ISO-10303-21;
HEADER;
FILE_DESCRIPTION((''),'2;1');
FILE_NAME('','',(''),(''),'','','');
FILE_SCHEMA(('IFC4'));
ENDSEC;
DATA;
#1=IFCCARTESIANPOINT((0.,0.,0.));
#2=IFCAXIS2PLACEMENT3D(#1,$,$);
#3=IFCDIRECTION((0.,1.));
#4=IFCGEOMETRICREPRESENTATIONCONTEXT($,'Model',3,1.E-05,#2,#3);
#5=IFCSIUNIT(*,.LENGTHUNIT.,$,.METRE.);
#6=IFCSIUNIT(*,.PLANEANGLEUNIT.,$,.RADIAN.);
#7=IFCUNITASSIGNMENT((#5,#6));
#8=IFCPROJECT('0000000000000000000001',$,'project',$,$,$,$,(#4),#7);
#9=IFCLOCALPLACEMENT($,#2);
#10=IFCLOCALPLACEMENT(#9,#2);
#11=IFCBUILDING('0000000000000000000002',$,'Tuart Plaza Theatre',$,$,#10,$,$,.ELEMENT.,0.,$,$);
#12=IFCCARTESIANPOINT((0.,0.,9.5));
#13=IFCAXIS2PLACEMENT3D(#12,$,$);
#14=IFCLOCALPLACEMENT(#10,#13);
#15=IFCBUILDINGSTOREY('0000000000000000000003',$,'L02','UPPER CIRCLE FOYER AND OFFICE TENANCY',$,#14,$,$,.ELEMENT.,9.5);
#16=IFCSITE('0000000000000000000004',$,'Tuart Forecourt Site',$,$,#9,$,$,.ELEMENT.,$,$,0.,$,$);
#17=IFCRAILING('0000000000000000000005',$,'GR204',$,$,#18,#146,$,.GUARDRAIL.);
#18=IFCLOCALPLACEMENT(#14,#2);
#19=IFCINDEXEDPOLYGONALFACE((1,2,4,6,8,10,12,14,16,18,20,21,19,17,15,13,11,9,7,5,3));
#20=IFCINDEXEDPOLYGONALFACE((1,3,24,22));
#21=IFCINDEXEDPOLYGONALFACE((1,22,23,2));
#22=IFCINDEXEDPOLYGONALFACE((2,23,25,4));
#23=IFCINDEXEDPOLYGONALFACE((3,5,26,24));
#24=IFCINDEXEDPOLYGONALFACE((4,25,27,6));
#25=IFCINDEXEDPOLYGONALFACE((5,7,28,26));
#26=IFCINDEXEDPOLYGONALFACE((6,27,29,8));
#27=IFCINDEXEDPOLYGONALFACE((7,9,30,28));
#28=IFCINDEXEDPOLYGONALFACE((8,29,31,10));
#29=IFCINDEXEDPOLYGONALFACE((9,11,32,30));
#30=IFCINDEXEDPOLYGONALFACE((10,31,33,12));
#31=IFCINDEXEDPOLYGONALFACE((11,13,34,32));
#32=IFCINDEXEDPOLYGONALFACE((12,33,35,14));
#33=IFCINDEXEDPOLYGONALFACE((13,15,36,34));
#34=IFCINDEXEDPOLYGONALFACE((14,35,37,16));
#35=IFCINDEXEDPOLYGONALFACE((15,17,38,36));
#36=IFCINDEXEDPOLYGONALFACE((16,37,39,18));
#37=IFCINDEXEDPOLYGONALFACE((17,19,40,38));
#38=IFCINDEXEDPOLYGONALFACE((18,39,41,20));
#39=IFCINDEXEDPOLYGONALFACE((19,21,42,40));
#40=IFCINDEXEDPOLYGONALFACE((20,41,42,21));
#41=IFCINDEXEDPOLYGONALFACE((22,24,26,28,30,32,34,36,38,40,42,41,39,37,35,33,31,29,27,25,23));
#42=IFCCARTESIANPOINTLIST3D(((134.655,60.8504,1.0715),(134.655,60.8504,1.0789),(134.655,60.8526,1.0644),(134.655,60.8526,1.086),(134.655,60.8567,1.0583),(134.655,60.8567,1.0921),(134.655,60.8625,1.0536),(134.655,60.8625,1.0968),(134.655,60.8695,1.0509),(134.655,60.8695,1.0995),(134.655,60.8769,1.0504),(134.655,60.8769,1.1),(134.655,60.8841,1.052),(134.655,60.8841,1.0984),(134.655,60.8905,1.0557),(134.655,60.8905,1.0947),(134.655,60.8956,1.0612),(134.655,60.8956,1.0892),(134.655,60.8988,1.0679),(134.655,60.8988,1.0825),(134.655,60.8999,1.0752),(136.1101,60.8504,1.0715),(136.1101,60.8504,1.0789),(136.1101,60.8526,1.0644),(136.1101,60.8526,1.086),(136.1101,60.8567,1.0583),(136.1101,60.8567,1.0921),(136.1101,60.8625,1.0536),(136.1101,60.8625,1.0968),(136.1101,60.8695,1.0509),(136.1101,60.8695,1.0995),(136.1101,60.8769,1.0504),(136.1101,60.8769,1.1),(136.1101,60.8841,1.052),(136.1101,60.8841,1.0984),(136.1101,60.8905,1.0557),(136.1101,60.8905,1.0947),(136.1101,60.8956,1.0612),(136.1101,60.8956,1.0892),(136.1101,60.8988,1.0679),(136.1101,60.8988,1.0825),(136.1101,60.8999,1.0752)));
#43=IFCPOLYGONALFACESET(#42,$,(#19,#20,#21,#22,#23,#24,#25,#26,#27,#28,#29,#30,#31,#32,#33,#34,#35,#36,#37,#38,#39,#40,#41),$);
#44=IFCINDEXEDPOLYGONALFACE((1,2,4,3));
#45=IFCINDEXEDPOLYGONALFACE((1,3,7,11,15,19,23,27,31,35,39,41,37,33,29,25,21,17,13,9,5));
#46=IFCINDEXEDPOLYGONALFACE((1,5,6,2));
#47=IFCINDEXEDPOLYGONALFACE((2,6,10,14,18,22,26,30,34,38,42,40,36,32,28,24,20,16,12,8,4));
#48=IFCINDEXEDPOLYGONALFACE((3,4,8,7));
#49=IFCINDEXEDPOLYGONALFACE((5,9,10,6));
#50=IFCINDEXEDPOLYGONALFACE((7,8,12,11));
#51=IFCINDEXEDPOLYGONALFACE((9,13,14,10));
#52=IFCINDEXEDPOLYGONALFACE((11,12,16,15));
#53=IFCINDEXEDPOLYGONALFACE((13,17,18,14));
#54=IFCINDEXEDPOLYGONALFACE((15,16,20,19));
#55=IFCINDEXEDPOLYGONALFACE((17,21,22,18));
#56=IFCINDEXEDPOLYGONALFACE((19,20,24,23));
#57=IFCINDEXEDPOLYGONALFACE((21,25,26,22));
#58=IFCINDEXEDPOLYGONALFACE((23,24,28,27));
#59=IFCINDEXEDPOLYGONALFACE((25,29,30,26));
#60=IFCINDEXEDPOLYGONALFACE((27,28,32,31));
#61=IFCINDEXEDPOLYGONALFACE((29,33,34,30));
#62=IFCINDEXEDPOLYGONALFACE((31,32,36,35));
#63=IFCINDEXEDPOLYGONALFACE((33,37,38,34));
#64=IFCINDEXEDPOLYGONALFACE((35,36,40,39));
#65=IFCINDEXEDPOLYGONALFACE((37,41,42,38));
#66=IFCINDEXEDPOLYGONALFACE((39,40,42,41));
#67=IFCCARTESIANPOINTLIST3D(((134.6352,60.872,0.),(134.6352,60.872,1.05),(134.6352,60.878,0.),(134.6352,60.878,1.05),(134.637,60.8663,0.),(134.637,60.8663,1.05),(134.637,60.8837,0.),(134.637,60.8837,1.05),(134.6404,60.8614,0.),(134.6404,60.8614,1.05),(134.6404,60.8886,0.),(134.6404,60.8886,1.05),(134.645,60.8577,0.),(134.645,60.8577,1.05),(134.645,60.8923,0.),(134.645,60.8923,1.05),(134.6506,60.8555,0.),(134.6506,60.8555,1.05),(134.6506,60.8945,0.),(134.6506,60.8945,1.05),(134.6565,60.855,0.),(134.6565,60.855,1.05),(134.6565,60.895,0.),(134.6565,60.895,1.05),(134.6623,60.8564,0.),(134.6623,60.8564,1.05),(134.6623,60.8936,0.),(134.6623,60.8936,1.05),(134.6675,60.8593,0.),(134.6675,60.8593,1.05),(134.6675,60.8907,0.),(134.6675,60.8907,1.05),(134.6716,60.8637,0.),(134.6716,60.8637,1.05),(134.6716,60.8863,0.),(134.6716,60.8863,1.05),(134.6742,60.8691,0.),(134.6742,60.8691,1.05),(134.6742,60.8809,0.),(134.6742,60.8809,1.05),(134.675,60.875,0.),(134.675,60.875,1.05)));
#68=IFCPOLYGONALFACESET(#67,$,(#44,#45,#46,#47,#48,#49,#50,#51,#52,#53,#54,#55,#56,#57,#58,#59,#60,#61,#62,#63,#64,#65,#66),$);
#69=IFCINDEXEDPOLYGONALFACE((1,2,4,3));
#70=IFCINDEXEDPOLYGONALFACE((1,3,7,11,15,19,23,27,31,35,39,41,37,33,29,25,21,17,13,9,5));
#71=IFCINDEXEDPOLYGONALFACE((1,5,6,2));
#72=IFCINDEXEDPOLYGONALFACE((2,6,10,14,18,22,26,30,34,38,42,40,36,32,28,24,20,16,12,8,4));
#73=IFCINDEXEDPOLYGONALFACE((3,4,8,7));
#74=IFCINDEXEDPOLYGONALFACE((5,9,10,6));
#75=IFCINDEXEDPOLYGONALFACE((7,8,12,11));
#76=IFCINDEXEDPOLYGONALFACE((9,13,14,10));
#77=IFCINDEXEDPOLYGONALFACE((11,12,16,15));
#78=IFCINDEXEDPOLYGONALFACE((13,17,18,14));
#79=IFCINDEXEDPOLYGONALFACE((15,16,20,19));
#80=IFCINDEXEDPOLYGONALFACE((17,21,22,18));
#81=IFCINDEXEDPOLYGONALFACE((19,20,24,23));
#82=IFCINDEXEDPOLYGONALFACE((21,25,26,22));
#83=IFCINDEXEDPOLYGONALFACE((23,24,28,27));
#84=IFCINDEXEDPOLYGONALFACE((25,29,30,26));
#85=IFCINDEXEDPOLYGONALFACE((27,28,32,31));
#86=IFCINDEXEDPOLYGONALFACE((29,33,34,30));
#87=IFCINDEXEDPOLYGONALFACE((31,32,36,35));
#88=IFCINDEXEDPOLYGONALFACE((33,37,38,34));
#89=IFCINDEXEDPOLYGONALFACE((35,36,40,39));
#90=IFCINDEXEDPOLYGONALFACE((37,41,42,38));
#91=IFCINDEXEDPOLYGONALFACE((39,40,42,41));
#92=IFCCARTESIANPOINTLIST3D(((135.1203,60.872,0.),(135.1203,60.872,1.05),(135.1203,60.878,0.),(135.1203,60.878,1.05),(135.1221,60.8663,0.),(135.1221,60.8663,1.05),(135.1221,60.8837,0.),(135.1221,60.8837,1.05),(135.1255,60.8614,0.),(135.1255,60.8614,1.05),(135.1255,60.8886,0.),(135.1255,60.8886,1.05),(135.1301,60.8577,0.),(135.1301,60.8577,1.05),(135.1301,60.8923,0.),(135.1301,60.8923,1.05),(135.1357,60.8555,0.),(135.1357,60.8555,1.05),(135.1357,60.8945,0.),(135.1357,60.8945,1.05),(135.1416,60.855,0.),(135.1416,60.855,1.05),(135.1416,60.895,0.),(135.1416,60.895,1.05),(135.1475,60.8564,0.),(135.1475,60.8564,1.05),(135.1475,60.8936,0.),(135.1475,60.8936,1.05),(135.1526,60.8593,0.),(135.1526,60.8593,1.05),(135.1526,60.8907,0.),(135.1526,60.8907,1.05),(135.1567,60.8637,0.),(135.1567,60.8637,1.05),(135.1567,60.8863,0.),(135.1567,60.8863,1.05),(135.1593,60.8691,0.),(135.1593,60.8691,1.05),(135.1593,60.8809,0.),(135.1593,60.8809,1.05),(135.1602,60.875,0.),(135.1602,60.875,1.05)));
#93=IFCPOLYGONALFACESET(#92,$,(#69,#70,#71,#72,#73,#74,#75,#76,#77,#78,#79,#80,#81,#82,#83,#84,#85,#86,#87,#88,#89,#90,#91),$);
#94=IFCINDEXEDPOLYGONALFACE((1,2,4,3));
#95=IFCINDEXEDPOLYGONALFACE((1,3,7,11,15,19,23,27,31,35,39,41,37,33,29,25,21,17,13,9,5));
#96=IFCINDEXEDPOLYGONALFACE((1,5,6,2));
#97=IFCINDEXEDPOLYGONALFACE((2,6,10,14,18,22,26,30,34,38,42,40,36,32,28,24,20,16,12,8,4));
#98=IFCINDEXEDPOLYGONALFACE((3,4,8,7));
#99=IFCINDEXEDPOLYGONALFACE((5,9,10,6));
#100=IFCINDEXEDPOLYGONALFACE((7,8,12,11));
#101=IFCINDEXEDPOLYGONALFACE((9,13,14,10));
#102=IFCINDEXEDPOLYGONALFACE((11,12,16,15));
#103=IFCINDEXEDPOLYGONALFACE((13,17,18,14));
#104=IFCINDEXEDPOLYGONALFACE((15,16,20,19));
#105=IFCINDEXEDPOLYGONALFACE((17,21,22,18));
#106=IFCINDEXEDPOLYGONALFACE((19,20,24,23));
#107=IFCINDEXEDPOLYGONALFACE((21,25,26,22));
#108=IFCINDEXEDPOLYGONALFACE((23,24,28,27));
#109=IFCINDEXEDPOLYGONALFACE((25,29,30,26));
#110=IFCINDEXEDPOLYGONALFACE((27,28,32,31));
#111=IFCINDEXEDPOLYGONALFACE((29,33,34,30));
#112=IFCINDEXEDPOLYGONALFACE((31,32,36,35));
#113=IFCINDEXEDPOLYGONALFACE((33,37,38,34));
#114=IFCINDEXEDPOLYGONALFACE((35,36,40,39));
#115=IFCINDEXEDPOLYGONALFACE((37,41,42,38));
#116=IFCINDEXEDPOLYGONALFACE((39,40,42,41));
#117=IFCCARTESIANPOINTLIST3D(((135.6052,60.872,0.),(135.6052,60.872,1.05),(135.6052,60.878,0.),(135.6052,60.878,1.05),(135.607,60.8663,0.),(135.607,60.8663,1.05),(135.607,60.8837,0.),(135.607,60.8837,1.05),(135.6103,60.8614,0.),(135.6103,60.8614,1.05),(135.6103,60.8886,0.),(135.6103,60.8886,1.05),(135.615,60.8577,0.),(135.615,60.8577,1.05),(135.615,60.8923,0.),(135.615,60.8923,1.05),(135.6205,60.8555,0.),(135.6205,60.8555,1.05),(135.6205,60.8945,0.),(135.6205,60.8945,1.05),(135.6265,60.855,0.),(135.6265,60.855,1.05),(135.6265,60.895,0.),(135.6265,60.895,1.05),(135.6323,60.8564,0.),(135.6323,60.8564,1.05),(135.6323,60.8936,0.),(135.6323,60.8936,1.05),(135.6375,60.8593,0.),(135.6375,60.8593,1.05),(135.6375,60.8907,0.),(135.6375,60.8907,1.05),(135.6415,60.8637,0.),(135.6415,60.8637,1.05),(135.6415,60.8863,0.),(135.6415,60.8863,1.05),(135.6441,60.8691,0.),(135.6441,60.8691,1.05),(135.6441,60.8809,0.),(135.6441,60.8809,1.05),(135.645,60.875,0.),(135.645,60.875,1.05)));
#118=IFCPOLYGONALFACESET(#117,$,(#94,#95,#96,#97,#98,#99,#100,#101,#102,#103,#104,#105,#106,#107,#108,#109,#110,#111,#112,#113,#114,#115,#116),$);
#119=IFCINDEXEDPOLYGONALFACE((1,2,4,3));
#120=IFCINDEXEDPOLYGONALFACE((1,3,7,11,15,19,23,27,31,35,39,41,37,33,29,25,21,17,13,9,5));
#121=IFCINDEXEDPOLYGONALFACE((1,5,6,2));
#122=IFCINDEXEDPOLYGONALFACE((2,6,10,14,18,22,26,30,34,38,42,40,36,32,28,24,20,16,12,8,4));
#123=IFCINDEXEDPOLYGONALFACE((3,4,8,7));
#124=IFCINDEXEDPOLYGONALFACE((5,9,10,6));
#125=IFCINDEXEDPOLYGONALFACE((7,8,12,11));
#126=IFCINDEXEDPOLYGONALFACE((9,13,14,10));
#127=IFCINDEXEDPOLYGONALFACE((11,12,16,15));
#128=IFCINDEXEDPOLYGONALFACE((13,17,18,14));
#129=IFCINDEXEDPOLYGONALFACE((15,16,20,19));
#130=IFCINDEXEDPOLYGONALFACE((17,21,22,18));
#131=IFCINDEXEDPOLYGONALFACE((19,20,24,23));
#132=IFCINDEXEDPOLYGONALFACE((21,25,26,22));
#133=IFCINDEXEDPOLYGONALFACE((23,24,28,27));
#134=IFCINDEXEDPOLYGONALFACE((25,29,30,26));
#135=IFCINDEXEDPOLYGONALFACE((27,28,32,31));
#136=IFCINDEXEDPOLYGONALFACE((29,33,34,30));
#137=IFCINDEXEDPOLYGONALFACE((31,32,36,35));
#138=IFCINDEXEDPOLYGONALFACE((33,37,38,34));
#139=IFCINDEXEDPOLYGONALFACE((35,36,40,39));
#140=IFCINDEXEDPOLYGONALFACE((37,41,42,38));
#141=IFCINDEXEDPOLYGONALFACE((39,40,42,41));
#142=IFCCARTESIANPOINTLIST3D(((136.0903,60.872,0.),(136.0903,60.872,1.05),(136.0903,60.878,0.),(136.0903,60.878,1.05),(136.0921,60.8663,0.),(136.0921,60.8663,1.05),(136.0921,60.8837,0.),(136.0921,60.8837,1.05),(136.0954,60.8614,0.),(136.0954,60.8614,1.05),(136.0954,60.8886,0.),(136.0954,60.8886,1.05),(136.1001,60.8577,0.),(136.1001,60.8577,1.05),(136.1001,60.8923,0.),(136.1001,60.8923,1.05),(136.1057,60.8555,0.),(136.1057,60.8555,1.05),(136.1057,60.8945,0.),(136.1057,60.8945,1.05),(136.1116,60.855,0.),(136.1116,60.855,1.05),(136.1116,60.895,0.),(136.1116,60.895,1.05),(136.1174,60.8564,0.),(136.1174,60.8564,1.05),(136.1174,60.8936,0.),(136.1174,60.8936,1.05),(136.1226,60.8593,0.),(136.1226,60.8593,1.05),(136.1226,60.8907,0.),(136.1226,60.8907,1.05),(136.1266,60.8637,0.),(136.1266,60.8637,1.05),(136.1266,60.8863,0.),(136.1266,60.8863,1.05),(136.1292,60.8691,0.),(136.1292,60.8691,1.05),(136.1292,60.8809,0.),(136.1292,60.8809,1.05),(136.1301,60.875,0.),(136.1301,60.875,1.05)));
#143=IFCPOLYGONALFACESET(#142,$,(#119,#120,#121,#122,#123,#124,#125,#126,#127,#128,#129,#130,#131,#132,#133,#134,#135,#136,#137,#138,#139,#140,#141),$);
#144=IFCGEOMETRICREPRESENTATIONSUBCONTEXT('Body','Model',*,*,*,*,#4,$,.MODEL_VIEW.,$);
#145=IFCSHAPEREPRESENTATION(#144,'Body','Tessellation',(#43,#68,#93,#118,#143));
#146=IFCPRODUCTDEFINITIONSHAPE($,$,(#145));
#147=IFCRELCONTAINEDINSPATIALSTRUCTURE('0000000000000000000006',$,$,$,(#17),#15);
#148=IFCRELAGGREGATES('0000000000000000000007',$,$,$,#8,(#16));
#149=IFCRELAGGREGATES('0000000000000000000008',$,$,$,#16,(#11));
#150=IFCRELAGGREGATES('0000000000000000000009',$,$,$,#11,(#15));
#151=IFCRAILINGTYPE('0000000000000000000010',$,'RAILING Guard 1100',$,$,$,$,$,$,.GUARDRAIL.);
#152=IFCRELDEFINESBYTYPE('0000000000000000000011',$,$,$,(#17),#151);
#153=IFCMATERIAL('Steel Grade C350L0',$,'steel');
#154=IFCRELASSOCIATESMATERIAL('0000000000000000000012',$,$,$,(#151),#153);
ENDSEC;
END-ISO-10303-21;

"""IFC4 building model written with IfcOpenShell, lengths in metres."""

from ifc_helpers import new_model, si_unit, direction, frame, origin, origin_2d, place, context, subcontext, project, spatial, circle, extrude, material, type_object, element, save


model = new_model("IFC4")

# Units and contexts
model_context = context("Model", 3, precision=1e-05, world=origin(), true_north=direction((0.0, 1.0)))
body_context = subcontext(model_context, "Body", "Model", "MODEL_VIEW")
ifc_project = project(units=[si_unit("LENGTHUNIT", "METRE"), si_unit("PLANEANGLEUNIT", "RADIAN")], contexts=[model_context])

# Site, building, storey
site_placement = place(None, origin())
site = spatial("IfcSite", under=ifc_project, at=site_placement, Name="Tuart Forecourt Site", CompositionType="ELEMENT", RefElevation=0.0)
building_placement = place(site_placement, origin())
building = spatial("IfcBuilding", under=site, at=building_placement, Name="Tuart Plaza Theatre", CompositionType="ELEMENT", ElevationOfRefHeight=0.0)
storey_placement = place(building_placement, frame((0.0, 0.0, 9.5)))
storey = spatial("IfcBuildingStorey", under=building, at=storey_placement, Name="L02", Description="UPPER CIRCLE FOYER AND OFFICE TENANCY", CompositionType="ELEMENT", Elevation=9.5)

# Railing
ifc_material_1 = material(Name="Steel Grade C350L0", Category="steel")
railing_type_1 = type_object("IfcRailingType", Name="RAILING Guard 1100", PredefinedType="GUARDRAIL", material=ifc_material_1)
railing_1_placement = place(storey_placement, frame((134.655, 60.875, 0.0)))
element("IfcRailing", 1, at=railing_1_placement, inside=storey, type_object=railing_type_1, Name="GR204", PredefinedType="GUARDRAIL", context=body_context, shape_type="SweptSolid", body=[
    extrude(circle(Radius=0.0249, at=origin_2d()), frame((0.0, 0.0, 1.0752), z_axis=(1.0, 0.0, 0.0), x_axis=(0.0, 1.0, 0.0)), (0.0, 0.0, 1.0), 1.4551),
    extrude(circle(Radius=0.02, at=origin_2d()), origin(), (0.0, 0.0, 1.0), 1.05),
    extrude(circle(Radius=0.02, at=origin_2d()), frame((0.4851, 0.0, 0.0)), (0.0, 0.0, 1.0), 1.05),
    extrude(circle(Radius=0.02, at=origin_2d()), frame((0.97, 0.0, 0.0)), (0.0, 0.0, 1.0), 1.05),
    extrude(circle(Radius=0.02, at=origin_2d()), frame((1.4551, 0.0, 0.0)), (0.0, 0.0, 1.0), 1.05),
])

save(model, "model.ifc")
